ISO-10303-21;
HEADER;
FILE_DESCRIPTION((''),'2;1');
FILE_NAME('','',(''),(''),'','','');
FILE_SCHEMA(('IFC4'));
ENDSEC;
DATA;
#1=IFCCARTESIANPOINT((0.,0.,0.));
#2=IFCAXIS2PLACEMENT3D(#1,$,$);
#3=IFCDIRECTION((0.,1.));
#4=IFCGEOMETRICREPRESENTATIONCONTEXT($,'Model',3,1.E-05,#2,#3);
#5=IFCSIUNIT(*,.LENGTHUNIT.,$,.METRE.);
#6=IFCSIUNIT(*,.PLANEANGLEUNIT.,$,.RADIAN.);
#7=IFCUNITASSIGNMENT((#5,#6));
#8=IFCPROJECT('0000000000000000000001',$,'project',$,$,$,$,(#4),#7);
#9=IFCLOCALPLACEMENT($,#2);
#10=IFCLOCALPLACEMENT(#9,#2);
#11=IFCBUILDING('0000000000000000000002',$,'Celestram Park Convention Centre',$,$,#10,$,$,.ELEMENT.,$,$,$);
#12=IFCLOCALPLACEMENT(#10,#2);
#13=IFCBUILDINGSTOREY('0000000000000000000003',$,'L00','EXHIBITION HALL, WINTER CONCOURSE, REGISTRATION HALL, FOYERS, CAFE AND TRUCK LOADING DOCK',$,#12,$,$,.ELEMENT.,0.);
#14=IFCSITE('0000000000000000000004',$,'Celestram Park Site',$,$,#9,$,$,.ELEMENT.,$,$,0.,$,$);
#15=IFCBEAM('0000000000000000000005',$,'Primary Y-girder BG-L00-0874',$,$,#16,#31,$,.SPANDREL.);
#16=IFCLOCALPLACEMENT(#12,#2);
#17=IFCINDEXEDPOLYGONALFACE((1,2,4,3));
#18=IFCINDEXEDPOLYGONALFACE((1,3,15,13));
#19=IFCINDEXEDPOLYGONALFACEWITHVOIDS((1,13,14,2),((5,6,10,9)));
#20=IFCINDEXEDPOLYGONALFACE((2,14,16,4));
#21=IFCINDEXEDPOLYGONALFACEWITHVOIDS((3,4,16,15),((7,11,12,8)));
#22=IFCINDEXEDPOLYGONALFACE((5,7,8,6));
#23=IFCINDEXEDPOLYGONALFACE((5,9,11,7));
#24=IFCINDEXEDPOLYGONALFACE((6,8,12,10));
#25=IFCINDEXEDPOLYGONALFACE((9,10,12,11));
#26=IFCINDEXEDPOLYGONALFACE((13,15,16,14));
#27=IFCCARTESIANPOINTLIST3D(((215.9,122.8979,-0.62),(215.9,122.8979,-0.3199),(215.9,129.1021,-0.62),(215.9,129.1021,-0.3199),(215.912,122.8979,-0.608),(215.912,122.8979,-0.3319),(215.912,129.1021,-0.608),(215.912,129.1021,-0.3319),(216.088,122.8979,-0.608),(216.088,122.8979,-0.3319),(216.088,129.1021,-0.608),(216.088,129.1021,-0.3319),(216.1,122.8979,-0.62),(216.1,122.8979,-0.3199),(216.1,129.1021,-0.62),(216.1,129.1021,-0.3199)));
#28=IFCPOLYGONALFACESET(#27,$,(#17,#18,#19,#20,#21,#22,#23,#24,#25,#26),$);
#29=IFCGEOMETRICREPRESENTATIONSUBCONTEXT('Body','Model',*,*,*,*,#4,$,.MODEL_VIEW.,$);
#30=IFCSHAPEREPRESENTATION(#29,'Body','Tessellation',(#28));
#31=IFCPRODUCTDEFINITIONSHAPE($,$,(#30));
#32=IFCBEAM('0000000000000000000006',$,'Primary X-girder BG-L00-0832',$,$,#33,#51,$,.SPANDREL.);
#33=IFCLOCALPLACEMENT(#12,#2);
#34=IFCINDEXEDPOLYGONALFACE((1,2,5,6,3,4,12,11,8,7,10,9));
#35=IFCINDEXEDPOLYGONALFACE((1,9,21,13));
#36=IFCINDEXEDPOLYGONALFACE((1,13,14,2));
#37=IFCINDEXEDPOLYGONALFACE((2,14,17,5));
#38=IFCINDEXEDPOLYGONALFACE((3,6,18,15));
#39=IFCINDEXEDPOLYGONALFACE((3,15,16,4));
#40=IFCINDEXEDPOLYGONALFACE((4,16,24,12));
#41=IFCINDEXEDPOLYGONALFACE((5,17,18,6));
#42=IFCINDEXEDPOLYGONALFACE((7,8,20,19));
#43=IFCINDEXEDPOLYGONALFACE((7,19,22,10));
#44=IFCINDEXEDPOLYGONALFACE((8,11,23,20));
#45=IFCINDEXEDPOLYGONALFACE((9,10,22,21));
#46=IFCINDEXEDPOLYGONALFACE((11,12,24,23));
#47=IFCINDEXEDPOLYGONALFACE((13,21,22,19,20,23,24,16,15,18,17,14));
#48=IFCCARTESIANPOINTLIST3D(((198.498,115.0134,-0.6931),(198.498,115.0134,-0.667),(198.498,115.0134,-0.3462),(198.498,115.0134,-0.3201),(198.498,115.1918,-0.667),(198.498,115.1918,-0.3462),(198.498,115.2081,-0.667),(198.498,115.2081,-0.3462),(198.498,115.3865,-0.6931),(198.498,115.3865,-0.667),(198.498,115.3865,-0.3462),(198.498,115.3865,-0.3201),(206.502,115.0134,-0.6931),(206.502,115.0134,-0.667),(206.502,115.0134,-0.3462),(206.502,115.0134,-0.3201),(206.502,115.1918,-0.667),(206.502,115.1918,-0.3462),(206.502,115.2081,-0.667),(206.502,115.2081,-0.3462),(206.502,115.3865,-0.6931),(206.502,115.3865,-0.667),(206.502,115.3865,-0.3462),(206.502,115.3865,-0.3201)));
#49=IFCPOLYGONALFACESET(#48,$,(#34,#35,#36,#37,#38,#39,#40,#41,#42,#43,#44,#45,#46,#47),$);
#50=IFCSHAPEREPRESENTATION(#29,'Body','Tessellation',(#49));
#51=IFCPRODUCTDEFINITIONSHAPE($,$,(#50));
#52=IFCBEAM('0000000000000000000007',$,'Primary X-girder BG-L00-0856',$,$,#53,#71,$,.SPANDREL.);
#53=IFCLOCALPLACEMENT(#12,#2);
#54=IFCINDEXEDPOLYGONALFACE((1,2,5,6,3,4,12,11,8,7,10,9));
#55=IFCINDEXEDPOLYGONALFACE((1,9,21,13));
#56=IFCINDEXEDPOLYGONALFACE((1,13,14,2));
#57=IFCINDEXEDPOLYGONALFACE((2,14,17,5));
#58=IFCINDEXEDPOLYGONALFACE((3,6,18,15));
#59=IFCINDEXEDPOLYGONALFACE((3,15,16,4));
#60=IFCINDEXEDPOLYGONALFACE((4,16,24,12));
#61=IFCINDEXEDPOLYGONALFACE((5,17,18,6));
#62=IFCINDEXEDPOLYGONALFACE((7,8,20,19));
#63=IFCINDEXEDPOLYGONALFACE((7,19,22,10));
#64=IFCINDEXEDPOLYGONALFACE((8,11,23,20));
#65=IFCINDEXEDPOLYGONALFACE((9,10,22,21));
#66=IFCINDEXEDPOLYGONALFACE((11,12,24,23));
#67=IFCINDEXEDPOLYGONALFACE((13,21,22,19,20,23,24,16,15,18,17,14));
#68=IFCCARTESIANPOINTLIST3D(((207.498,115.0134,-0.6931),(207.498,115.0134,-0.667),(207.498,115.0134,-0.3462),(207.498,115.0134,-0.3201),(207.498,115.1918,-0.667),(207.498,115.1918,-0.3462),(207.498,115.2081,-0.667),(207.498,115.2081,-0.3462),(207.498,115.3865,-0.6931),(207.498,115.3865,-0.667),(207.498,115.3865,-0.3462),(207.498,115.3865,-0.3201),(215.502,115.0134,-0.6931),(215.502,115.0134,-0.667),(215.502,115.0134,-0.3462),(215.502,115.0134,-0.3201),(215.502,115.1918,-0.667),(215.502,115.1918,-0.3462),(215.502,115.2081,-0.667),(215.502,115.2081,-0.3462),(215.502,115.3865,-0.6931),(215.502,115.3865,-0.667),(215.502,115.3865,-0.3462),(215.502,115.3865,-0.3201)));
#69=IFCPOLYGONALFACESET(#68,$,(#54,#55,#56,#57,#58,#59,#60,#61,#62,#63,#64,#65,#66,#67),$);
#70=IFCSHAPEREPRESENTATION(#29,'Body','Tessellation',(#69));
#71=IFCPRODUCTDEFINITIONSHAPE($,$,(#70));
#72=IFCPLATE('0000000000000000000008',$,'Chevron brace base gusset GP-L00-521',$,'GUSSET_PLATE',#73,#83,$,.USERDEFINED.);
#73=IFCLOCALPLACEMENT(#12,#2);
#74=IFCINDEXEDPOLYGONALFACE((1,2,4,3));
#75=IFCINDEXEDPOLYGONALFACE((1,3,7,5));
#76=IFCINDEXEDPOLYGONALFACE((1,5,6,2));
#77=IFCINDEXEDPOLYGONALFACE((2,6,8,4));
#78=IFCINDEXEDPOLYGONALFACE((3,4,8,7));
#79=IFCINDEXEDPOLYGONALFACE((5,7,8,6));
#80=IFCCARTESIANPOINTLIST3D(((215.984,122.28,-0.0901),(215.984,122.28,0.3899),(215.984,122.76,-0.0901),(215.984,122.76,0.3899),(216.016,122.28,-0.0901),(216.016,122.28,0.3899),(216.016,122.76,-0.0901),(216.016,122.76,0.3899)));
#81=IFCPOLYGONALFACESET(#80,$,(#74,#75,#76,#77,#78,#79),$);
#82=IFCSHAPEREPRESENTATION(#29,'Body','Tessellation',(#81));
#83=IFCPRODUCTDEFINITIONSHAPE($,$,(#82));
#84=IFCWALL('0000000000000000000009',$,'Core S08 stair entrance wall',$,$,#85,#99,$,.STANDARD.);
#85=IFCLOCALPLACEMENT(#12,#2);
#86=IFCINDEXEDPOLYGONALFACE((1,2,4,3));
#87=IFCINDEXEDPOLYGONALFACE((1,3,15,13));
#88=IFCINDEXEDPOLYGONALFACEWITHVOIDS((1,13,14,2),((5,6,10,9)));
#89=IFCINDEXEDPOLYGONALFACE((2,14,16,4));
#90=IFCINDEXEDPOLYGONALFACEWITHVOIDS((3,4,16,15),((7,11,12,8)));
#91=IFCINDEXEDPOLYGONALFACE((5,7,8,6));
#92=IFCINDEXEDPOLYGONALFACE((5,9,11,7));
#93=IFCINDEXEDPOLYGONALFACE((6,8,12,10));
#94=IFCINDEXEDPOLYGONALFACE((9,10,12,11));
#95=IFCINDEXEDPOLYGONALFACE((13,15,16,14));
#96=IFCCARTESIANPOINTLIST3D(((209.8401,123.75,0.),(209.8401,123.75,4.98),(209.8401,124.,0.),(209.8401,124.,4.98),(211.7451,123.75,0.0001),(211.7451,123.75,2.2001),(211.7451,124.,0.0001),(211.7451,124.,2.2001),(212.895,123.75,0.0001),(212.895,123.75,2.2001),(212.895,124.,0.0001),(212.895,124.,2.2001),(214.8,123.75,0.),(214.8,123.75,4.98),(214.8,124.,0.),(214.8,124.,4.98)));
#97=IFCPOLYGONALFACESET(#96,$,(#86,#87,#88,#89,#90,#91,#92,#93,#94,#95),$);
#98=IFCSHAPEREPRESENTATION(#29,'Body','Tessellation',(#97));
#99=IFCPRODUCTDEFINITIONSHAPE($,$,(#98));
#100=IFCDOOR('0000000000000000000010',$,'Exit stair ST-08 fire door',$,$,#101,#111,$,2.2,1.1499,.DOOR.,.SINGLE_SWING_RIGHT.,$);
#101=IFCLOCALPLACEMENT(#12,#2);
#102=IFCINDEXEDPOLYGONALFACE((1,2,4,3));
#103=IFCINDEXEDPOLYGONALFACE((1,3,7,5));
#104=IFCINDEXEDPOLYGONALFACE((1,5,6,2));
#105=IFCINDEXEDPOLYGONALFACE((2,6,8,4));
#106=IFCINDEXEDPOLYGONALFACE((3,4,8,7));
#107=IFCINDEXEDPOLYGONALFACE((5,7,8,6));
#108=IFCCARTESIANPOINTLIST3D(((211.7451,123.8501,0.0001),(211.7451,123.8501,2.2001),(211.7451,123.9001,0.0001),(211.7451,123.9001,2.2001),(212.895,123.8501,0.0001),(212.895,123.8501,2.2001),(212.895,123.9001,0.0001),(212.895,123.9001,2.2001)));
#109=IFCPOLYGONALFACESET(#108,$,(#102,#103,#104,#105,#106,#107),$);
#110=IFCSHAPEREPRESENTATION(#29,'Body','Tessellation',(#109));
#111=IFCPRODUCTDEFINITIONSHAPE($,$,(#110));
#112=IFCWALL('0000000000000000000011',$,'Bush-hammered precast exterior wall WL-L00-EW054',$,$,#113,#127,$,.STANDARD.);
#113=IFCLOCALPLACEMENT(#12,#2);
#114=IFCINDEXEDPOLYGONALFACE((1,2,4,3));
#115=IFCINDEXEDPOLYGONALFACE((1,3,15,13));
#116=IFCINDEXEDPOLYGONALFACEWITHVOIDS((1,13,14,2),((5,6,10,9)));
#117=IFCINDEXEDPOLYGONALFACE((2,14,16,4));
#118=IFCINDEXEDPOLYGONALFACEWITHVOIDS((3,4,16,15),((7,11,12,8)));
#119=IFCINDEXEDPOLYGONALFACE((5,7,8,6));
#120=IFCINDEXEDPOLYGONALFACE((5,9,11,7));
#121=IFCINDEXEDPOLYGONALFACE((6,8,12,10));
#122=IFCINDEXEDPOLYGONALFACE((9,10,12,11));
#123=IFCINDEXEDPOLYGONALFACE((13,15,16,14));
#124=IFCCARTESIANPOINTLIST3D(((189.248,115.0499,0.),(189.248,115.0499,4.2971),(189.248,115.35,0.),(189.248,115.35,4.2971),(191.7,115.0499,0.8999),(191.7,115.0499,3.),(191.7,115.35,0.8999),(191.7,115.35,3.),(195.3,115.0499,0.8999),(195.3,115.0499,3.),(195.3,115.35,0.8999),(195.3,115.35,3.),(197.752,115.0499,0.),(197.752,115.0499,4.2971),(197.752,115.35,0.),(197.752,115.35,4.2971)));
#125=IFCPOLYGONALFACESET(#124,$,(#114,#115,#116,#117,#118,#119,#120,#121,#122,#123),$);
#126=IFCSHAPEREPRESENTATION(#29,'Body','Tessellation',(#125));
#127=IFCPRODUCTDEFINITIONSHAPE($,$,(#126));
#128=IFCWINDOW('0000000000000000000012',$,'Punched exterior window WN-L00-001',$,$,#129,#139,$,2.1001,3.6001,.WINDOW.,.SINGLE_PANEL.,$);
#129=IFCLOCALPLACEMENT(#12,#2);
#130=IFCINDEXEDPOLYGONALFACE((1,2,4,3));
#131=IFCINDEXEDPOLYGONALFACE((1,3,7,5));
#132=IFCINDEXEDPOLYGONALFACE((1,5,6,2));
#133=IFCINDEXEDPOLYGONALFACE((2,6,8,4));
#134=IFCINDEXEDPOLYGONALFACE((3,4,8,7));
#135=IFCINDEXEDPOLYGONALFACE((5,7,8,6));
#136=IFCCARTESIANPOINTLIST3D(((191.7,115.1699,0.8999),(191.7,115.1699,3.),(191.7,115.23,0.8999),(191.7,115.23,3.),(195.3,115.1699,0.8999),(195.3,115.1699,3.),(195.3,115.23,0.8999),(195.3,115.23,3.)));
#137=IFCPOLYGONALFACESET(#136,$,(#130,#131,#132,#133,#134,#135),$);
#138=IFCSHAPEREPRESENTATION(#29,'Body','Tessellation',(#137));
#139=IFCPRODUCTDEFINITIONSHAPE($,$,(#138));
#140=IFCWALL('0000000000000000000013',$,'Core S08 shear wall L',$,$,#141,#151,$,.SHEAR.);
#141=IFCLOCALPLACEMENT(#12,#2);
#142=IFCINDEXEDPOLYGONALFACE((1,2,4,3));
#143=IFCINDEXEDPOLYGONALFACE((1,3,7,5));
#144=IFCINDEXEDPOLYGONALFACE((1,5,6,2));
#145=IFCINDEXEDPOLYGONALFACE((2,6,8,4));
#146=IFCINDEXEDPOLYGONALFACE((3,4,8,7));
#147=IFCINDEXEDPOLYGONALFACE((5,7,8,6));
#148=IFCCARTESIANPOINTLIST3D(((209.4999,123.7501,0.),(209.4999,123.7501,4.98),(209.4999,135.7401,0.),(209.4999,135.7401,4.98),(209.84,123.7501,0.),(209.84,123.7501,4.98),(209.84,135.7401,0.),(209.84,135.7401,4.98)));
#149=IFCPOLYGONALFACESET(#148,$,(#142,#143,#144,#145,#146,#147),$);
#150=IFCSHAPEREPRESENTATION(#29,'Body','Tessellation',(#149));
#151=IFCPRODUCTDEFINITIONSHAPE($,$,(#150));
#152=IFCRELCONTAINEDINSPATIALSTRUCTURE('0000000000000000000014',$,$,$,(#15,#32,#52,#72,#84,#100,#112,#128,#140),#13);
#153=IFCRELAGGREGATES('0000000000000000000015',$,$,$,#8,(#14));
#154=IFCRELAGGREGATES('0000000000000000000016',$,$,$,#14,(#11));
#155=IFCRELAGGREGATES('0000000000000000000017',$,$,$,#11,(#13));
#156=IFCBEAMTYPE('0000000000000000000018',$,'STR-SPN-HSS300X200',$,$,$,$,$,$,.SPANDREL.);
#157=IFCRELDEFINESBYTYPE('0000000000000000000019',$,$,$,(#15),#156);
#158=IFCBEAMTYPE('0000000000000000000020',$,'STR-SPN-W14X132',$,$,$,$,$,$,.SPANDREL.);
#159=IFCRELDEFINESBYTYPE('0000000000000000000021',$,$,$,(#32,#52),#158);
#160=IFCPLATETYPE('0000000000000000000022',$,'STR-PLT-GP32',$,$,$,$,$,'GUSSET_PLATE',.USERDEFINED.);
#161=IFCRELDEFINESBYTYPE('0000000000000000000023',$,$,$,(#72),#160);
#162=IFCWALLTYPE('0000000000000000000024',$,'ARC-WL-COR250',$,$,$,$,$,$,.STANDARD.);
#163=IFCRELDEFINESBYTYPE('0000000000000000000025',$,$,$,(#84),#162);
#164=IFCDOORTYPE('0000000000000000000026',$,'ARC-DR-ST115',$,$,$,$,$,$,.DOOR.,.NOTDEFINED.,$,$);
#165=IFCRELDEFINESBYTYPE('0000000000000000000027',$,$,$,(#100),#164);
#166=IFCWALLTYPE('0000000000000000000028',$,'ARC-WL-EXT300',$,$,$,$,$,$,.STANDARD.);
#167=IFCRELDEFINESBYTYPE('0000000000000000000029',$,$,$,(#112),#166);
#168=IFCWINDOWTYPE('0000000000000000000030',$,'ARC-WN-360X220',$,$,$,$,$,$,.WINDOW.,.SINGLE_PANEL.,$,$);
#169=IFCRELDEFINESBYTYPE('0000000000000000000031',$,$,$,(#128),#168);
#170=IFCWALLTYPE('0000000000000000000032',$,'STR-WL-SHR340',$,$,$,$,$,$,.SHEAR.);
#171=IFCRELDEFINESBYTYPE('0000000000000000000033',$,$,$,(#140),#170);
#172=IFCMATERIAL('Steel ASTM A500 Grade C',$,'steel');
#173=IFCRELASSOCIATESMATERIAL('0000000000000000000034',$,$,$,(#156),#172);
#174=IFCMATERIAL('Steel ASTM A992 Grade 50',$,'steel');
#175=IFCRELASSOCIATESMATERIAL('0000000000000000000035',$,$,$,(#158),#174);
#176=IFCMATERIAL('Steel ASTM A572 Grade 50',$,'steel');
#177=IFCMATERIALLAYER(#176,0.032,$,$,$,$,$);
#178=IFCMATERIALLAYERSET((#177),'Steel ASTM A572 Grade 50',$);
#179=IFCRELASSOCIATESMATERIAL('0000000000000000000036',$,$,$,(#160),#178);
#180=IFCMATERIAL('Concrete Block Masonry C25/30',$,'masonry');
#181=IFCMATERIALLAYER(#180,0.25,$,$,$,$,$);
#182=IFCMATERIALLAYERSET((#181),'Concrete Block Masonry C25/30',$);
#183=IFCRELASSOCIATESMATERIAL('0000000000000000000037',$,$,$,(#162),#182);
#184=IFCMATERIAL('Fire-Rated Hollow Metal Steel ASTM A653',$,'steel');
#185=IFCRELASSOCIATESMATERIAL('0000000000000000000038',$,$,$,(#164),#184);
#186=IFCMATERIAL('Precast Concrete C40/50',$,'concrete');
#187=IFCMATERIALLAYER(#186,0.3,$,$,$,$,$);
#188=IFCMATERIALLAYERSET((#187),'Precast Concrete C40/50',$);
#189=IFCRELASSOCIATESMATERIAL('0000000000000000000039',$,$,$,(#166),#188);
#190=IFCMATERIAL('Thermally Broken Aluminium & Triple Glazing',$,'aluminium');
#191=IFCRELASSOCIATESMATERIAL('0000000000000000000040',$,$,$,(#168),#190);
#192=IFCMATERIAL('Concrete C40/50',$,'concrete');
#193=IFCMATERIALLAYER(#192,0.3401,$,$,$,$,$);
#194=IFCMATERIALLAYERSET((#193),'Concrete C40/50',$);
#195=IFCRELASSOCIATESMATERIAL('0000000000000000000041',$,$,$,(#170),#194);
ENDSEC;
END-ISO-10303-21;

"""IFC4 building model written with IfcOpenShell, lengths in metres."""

from ifc_helpers import new_model, si_unit, direction, frame, frame_2d, origin, origin_2d, place, context, subcontext, project, spatial, rectangle, hollow_rectangle, i_section, extrude, material, layer, layer_set, material_profile, profile_set, type_object, element, fill, save


model = new_model("IFC4")

# Units and contexts
model_context = context("Model", 3, precision=1e-05, world=origin(), true_north=direction((0.0, 1.0)))
body_context = subcontext(model_context, "Body", "Model", "MODEL_VIEW")
ifc_project = project(units=[si_unit("LENGTHUNIT", "METRE"), si_unit("PLANEANGLEUNIT", "RADIAN")], contexts=[model_context])

# Site, building, storey
site_placement = place(None, origin())
site = spatial("IfcSite", under=ifc_project, at=site_placement, Name="Celestram Park Site", CompositionType="ELEMENT", RefElevation=0.0)
building_placement = place(site_placement, origin())
building = spatial("IfcBuilding", under=site, at=building_placement, Name="Celestram Park Convention Centre", CompositionType="ELEMENT")
storey_placement = place(building_placement, origin())
storey = spatial("IfcBuildingStorey", under=building, at=storey_placement, Name="L00", Description="EXHIBITION HALL, WINTER CONCOURSE, REGISTRATION HALL, FOYERS, CAFE AND TRUCK LOADING DOCK", CompositionType="ELEMENT", Elevation=0.0)

# Shared definitions
ifc_material_1 = material(Name="Steel ASTM A500 Grade C", Category="steel")
ifc_material_2 = material(Name="Concrete C40/50", Category="concrete")

# Shared definitions
ifc_material_3 = material(Name="Steel ASTM A992 Grade 50", Category="steel")

# Beams
ifc_material_profile_1 = material_profile(ifc_material_1, hollow_rectangle(XDim=0.2, YDim=0.3, WallThickness=0.012, at=origin_2d()), Name="HSS300X200X12")
ifc_profile_set_1 = profile_set([ifc_material_profile_1], Name="Steel ASTM A500 Grade C")
beam_type_1 = type_object("IfcBeamType", Name="STR-SPN-HSS300X200", PredefinedType="SPANDREL", material=ifc_profile_set_1)
for number, where, z_axis, x_axis, name in (
    (1, (216.0, 122.8979, -0.47), (0.0, 1.0, 0.0), (-1.0, 0.0, 0.0), "Primary Y-girder BG-L00-0874"),
):
    element("IfcBeam", number, at=place(storey_placement, frame(where, z_axis=z_axis, x_axis=x_axis)), inside=storey, type_object=beam_type_1, Name=name, PredefinedType="SPANDREL", context=body_context, shape_type="SweptSolid", body=[
        extrude(hollow_rectangle(XDim=0.2, YDim=0.3, WallThickness=0.012, at=origin_2d()), origin(), (0.0, 0.0, 1.0), 6.2041),
    ])
ifc_material_profile_2 = material_profile(ifc_material_3, i_section(OverallWidth=0.373, OverallDepth=0.373, WebThickness=0.0164, FlangeThickness=0.0261, at=origin_2d()), Name="W14X132")
ifc_profile_set_2 = profile_set([ifc_material_profile_2], Name="Steel ASTM A992 Grade 50")
beam_type_2 = type_object("IfcBeamType", Name="STR-SPN-W14X132", PredefinedType="SPANDREL", material=ifc_profile_set_2)
for number, where, z_axis, x_axis, name in (
    (2, (198.498, 115.2, -0.5066), (1.0, 0.0, 0.0), (0.0, 1.0, 0.0), "Primary X-girder BG-L00-0832"),
    (3, (207.498, 115.2, -0.5066), (1.0, 0.0, 0.0), (0.0, 1.0, 0.0), "Primary X-girder BG-L00-0856"),
):
    element("IfcBeam", number, at=place(storey_placement, frame(where, z_axis=z_axis, x_axis=x_axis)), inside=storey, type_object=beam_type_2, Name=name, PredefinedType="SPANDREL", context=body_context, shape_type="SweptSolid", body=[
        extrude(i_section(OverallWidth=0.373, OverallDepth=0.373, WebThickness=0.0164, FlangeThickness=0.0261, at=origin_2d()), origin(), (0.0, 0.0, 1.0), 8.0039),
    ])

# Plate
ifc_material_4 = material(Name="Steel ASTM A572 Grade 50", Category="steel")
ifc_layer_1 = layer(ifc_material_4, 0.032)
ifc_layer_set_1 = layer_set([ifc_layer_1], Name="Steel ASTM A572 Grade 50")
plate_type = type_object("IfcPlateType", Name="STR-PLT-GP32", ElementType="GUSSET_PLATE", PredefinedType="USERDEFINED", material=ifc_layer_set_1)
plate_placement = place(storey_placement, frame((216.0, 122.52, -0.0901), z_axis=(0.0, 0.0, 1.0), x_axis=(0.0, 1.0, 0.0)))
element("IfcPlate", 4, at=plate_placement, inside=storey, type_object=plate_type, Name="Chevron brace base gusset GP-L00-521", ObjectType="GUSSET_PLATE", PredefinedType="USERDEFINED", context=body_context, shape_type="SweptSolid", body=[
    extrude(rectangle(XDim=0.48, YDim=0.032, at=origin_2d()), origin(), (0.0, 0.0, 1.0), 0.48),
])

# Wall, opening, door
ifc_material_5 = material(Name="Concrete Block Masonry C25/30", Category="masonry")
ifc_layer_2 = layer(ifc_material_5, 0.25)
ifc_layer_set_2 = layer_set([ifc_layer_2], Name="Concrete Block Masonry C25/30")
wall_type_1 = type_object("IfcWallType", Name="ARC-WL-COR250", PredefinedType="STANDARD", material=ifc_layer_set_2)
wall_1_placement = place(storey_placement, frame((214.8, 123.875, 0.0), z_axis=(0.0, 0.0, 1.0), x_axis=(-1.0, 0.0, 0.0)))
wall_1 = element("IfcWall", 5, at=wall_1_placement, inside=storey, type_object=wall_type_1, Name="Core S08 stair entrance wall", PredefinedType="STANDARD", context=body_context, shape_type="SweptSolid", body=[
    extrude(rectangle(XDim=4.96, YDim=0.25, at=frame_2d((2.48, 0.0))), origin(), (0.0, 0.0, 1.0), 4.98),
])
opening_1_placement = place(wall_1_placement, frame((1.905, 0.0, 0.0)))
opening_1 = element("IfcOpeningElement", 6, at=opening_1_placement, cuts=wall_1, PredefinedType="OPENING", context=body_context, shape_type="SweptSolid", body=[
    extrude(rectangle(XDim=1.1499, YDim=2.2, at=frame_2d((0.575, 1.1001))), frame((0.0, 0.135, 0.0), z_axis=(0.0, -1.0, 0.0), x_axis=(1.0, 0.0, 0.0)), (0.0, 0.0, 1.0), 0.27),
])
ifc_material_6 = material(Name="Fire-Rated Hollow Metal Steel ASTM A653", Category="steel")
door_type_1 = type_object("IfcDoorType", Name="ARC-DR-ST115", OperationType="NOTDEFINED", PredefinedType="DOOR", material=ifc_material_6)
door_1_placement = place(opening_1_placement, origin())
door_1 = element("IfcDoor", 7, at=door_1_placement, inside=storey, type_object=door_type_1, Name="Exit stair ST-08 fire door", OperationType="SINGLE_SWING_RIGHT", OverallHeight=2.2, OverallWidth=1.1499, PredefinedType="DOOR", context=body_context, shape_type="SweptSolid", body=[
    extrude(rectangle(XDim=1.1499, YDim=2.2, at=frame_2d((0.575, 1.1001))), frame((0.0, 0.0249, 0.0), z_axis=(0.0, -1.0, 0.0), x_axis=(1.0, 0.0, 0.0)), (0.0, 0.0, 1.0), 0.05),
])
fill(opening_1, door_1)
ifc_material_7 = material(Name="Precast Concrete C40/50", Category="concrete")
ifc_layer_3 = layer(ifc_material_7, 0.3)
ifc_layer_set_3 = layer_set([ifc_layer_3], Name="Precast Concrete C40/50")
wall_type_2 = type_object("IfcWallType", Name="ARC-WL-EXT300", PredefinedType="STANDARD", material=ifc_layer_set_3)

# Wall, opening, window
wall_2_placement = place(storey_placement, frame((197.752, 115.2, 0.0), z_axis=(0.0, 0.0, 1.0), x_axis=(-1.0, 0.0, 0.0)))
wall_2 = element("IfcWall", 8, at=wall_2_placement, inside=storey, type_object=wall_type_2, Name="Bush-hammered precast exterior wall WL-L00-EW054", PredefinedType="STANDARD", context=body_context, shape_type="SweptSolid", body=[
    extrude(rectangle(XDim=8.5039, YDim=0.3, at=frame_2d((4.252, 0.0))), origin(), (0.0, 0.0, 1.0), 4.2971),
])
opening_2_placement = place(wall_2_placement, frame((2.4519, 0.0, 0.8999)))
opening_2 = element("IfcOpeningElement", 9, at=opening_2_placement, cuts=wall_2, PredefinedType="OPENING", context=body_context, shape_type="SweptSolid", body=[
    extrude(rectangle(XDim=3.6001, YDim=2.1001, at=frame_2d((1.8, 1.05))), frame((0.0, 0.1599, 0.0), z_axis=(0.0, -1.0, 0.0), x_axis=(1.0, 0.0, 0.0)), (0.0, 0.0, 1.0), 0.3201),
])
ifc_material_8 = material(Name="Thermally Broken Aluminium & Triple Glazing", Category="aluminium")
window_type = type_object("IfcWindowType", Name="ARC-WN-360X220", PartitioningType="SINGLE_PANEL", PredefinedType="WINDOW", material=ifc_material_8)
window_placement = place(opening_2_placement, origin())
window = element("IfcWindow", 10, at=window_placement, inside=storey, type_object=window_type, Name="Punched exterior window WN-L00-001", OverallHeight=2.1001, OverallWidth=3.6001, PartitioningType="SINGLE_PANEL", PredefinedType="WINDOW", context=body_context, shape_type="SweptSolid", body=[
    extrude(rectangle(XDim=3.6001, YDim=2.1001, at=frame_2d((1.8, 1.05))), frame((0.0, 0.03, 0.0), z_axis=(0.0, -1.0, 0.0), x_axis=(1.0, 0.0, 0.0)), (0.0, 0.0, 1.0), 0.0601),
])
fill(opening_2, window)

# Wall
ifc_layer_4 = layer(ifc_material_2, 0.3401)
ifc_layer_set_4 = layer_set([ifc_layer_4], Name="Concrete C40/50")
wall_type_3 = type_object("IfcWallType", Name="STR-WL-SHR340", PredefinedType="SHEAR", material=ifc_layer_set_4)
wall_3_placement = place(storey_placement, frame((209.6699, 123.75, 0.0), z_axis=(0.0, 0.0, 1.0), x_axis=(0.0, 1.0, 0.0)))
element("IfcWall", 11, at=wall_3_placement, inside=storey, type_object=wall_type_3, Name="Core S08 shear wall L", PredefinedType="SHEAR", context=body_context, shape_type="SweptSolid", body=[
    extrude(rectangle(XDim=11.99, YDim=0.3401, at=frame_2d((5.9951, 0.0))), origin(), (0.0, 0.0, 1.0), 4.98),
])

save(model, "model.ifc")
